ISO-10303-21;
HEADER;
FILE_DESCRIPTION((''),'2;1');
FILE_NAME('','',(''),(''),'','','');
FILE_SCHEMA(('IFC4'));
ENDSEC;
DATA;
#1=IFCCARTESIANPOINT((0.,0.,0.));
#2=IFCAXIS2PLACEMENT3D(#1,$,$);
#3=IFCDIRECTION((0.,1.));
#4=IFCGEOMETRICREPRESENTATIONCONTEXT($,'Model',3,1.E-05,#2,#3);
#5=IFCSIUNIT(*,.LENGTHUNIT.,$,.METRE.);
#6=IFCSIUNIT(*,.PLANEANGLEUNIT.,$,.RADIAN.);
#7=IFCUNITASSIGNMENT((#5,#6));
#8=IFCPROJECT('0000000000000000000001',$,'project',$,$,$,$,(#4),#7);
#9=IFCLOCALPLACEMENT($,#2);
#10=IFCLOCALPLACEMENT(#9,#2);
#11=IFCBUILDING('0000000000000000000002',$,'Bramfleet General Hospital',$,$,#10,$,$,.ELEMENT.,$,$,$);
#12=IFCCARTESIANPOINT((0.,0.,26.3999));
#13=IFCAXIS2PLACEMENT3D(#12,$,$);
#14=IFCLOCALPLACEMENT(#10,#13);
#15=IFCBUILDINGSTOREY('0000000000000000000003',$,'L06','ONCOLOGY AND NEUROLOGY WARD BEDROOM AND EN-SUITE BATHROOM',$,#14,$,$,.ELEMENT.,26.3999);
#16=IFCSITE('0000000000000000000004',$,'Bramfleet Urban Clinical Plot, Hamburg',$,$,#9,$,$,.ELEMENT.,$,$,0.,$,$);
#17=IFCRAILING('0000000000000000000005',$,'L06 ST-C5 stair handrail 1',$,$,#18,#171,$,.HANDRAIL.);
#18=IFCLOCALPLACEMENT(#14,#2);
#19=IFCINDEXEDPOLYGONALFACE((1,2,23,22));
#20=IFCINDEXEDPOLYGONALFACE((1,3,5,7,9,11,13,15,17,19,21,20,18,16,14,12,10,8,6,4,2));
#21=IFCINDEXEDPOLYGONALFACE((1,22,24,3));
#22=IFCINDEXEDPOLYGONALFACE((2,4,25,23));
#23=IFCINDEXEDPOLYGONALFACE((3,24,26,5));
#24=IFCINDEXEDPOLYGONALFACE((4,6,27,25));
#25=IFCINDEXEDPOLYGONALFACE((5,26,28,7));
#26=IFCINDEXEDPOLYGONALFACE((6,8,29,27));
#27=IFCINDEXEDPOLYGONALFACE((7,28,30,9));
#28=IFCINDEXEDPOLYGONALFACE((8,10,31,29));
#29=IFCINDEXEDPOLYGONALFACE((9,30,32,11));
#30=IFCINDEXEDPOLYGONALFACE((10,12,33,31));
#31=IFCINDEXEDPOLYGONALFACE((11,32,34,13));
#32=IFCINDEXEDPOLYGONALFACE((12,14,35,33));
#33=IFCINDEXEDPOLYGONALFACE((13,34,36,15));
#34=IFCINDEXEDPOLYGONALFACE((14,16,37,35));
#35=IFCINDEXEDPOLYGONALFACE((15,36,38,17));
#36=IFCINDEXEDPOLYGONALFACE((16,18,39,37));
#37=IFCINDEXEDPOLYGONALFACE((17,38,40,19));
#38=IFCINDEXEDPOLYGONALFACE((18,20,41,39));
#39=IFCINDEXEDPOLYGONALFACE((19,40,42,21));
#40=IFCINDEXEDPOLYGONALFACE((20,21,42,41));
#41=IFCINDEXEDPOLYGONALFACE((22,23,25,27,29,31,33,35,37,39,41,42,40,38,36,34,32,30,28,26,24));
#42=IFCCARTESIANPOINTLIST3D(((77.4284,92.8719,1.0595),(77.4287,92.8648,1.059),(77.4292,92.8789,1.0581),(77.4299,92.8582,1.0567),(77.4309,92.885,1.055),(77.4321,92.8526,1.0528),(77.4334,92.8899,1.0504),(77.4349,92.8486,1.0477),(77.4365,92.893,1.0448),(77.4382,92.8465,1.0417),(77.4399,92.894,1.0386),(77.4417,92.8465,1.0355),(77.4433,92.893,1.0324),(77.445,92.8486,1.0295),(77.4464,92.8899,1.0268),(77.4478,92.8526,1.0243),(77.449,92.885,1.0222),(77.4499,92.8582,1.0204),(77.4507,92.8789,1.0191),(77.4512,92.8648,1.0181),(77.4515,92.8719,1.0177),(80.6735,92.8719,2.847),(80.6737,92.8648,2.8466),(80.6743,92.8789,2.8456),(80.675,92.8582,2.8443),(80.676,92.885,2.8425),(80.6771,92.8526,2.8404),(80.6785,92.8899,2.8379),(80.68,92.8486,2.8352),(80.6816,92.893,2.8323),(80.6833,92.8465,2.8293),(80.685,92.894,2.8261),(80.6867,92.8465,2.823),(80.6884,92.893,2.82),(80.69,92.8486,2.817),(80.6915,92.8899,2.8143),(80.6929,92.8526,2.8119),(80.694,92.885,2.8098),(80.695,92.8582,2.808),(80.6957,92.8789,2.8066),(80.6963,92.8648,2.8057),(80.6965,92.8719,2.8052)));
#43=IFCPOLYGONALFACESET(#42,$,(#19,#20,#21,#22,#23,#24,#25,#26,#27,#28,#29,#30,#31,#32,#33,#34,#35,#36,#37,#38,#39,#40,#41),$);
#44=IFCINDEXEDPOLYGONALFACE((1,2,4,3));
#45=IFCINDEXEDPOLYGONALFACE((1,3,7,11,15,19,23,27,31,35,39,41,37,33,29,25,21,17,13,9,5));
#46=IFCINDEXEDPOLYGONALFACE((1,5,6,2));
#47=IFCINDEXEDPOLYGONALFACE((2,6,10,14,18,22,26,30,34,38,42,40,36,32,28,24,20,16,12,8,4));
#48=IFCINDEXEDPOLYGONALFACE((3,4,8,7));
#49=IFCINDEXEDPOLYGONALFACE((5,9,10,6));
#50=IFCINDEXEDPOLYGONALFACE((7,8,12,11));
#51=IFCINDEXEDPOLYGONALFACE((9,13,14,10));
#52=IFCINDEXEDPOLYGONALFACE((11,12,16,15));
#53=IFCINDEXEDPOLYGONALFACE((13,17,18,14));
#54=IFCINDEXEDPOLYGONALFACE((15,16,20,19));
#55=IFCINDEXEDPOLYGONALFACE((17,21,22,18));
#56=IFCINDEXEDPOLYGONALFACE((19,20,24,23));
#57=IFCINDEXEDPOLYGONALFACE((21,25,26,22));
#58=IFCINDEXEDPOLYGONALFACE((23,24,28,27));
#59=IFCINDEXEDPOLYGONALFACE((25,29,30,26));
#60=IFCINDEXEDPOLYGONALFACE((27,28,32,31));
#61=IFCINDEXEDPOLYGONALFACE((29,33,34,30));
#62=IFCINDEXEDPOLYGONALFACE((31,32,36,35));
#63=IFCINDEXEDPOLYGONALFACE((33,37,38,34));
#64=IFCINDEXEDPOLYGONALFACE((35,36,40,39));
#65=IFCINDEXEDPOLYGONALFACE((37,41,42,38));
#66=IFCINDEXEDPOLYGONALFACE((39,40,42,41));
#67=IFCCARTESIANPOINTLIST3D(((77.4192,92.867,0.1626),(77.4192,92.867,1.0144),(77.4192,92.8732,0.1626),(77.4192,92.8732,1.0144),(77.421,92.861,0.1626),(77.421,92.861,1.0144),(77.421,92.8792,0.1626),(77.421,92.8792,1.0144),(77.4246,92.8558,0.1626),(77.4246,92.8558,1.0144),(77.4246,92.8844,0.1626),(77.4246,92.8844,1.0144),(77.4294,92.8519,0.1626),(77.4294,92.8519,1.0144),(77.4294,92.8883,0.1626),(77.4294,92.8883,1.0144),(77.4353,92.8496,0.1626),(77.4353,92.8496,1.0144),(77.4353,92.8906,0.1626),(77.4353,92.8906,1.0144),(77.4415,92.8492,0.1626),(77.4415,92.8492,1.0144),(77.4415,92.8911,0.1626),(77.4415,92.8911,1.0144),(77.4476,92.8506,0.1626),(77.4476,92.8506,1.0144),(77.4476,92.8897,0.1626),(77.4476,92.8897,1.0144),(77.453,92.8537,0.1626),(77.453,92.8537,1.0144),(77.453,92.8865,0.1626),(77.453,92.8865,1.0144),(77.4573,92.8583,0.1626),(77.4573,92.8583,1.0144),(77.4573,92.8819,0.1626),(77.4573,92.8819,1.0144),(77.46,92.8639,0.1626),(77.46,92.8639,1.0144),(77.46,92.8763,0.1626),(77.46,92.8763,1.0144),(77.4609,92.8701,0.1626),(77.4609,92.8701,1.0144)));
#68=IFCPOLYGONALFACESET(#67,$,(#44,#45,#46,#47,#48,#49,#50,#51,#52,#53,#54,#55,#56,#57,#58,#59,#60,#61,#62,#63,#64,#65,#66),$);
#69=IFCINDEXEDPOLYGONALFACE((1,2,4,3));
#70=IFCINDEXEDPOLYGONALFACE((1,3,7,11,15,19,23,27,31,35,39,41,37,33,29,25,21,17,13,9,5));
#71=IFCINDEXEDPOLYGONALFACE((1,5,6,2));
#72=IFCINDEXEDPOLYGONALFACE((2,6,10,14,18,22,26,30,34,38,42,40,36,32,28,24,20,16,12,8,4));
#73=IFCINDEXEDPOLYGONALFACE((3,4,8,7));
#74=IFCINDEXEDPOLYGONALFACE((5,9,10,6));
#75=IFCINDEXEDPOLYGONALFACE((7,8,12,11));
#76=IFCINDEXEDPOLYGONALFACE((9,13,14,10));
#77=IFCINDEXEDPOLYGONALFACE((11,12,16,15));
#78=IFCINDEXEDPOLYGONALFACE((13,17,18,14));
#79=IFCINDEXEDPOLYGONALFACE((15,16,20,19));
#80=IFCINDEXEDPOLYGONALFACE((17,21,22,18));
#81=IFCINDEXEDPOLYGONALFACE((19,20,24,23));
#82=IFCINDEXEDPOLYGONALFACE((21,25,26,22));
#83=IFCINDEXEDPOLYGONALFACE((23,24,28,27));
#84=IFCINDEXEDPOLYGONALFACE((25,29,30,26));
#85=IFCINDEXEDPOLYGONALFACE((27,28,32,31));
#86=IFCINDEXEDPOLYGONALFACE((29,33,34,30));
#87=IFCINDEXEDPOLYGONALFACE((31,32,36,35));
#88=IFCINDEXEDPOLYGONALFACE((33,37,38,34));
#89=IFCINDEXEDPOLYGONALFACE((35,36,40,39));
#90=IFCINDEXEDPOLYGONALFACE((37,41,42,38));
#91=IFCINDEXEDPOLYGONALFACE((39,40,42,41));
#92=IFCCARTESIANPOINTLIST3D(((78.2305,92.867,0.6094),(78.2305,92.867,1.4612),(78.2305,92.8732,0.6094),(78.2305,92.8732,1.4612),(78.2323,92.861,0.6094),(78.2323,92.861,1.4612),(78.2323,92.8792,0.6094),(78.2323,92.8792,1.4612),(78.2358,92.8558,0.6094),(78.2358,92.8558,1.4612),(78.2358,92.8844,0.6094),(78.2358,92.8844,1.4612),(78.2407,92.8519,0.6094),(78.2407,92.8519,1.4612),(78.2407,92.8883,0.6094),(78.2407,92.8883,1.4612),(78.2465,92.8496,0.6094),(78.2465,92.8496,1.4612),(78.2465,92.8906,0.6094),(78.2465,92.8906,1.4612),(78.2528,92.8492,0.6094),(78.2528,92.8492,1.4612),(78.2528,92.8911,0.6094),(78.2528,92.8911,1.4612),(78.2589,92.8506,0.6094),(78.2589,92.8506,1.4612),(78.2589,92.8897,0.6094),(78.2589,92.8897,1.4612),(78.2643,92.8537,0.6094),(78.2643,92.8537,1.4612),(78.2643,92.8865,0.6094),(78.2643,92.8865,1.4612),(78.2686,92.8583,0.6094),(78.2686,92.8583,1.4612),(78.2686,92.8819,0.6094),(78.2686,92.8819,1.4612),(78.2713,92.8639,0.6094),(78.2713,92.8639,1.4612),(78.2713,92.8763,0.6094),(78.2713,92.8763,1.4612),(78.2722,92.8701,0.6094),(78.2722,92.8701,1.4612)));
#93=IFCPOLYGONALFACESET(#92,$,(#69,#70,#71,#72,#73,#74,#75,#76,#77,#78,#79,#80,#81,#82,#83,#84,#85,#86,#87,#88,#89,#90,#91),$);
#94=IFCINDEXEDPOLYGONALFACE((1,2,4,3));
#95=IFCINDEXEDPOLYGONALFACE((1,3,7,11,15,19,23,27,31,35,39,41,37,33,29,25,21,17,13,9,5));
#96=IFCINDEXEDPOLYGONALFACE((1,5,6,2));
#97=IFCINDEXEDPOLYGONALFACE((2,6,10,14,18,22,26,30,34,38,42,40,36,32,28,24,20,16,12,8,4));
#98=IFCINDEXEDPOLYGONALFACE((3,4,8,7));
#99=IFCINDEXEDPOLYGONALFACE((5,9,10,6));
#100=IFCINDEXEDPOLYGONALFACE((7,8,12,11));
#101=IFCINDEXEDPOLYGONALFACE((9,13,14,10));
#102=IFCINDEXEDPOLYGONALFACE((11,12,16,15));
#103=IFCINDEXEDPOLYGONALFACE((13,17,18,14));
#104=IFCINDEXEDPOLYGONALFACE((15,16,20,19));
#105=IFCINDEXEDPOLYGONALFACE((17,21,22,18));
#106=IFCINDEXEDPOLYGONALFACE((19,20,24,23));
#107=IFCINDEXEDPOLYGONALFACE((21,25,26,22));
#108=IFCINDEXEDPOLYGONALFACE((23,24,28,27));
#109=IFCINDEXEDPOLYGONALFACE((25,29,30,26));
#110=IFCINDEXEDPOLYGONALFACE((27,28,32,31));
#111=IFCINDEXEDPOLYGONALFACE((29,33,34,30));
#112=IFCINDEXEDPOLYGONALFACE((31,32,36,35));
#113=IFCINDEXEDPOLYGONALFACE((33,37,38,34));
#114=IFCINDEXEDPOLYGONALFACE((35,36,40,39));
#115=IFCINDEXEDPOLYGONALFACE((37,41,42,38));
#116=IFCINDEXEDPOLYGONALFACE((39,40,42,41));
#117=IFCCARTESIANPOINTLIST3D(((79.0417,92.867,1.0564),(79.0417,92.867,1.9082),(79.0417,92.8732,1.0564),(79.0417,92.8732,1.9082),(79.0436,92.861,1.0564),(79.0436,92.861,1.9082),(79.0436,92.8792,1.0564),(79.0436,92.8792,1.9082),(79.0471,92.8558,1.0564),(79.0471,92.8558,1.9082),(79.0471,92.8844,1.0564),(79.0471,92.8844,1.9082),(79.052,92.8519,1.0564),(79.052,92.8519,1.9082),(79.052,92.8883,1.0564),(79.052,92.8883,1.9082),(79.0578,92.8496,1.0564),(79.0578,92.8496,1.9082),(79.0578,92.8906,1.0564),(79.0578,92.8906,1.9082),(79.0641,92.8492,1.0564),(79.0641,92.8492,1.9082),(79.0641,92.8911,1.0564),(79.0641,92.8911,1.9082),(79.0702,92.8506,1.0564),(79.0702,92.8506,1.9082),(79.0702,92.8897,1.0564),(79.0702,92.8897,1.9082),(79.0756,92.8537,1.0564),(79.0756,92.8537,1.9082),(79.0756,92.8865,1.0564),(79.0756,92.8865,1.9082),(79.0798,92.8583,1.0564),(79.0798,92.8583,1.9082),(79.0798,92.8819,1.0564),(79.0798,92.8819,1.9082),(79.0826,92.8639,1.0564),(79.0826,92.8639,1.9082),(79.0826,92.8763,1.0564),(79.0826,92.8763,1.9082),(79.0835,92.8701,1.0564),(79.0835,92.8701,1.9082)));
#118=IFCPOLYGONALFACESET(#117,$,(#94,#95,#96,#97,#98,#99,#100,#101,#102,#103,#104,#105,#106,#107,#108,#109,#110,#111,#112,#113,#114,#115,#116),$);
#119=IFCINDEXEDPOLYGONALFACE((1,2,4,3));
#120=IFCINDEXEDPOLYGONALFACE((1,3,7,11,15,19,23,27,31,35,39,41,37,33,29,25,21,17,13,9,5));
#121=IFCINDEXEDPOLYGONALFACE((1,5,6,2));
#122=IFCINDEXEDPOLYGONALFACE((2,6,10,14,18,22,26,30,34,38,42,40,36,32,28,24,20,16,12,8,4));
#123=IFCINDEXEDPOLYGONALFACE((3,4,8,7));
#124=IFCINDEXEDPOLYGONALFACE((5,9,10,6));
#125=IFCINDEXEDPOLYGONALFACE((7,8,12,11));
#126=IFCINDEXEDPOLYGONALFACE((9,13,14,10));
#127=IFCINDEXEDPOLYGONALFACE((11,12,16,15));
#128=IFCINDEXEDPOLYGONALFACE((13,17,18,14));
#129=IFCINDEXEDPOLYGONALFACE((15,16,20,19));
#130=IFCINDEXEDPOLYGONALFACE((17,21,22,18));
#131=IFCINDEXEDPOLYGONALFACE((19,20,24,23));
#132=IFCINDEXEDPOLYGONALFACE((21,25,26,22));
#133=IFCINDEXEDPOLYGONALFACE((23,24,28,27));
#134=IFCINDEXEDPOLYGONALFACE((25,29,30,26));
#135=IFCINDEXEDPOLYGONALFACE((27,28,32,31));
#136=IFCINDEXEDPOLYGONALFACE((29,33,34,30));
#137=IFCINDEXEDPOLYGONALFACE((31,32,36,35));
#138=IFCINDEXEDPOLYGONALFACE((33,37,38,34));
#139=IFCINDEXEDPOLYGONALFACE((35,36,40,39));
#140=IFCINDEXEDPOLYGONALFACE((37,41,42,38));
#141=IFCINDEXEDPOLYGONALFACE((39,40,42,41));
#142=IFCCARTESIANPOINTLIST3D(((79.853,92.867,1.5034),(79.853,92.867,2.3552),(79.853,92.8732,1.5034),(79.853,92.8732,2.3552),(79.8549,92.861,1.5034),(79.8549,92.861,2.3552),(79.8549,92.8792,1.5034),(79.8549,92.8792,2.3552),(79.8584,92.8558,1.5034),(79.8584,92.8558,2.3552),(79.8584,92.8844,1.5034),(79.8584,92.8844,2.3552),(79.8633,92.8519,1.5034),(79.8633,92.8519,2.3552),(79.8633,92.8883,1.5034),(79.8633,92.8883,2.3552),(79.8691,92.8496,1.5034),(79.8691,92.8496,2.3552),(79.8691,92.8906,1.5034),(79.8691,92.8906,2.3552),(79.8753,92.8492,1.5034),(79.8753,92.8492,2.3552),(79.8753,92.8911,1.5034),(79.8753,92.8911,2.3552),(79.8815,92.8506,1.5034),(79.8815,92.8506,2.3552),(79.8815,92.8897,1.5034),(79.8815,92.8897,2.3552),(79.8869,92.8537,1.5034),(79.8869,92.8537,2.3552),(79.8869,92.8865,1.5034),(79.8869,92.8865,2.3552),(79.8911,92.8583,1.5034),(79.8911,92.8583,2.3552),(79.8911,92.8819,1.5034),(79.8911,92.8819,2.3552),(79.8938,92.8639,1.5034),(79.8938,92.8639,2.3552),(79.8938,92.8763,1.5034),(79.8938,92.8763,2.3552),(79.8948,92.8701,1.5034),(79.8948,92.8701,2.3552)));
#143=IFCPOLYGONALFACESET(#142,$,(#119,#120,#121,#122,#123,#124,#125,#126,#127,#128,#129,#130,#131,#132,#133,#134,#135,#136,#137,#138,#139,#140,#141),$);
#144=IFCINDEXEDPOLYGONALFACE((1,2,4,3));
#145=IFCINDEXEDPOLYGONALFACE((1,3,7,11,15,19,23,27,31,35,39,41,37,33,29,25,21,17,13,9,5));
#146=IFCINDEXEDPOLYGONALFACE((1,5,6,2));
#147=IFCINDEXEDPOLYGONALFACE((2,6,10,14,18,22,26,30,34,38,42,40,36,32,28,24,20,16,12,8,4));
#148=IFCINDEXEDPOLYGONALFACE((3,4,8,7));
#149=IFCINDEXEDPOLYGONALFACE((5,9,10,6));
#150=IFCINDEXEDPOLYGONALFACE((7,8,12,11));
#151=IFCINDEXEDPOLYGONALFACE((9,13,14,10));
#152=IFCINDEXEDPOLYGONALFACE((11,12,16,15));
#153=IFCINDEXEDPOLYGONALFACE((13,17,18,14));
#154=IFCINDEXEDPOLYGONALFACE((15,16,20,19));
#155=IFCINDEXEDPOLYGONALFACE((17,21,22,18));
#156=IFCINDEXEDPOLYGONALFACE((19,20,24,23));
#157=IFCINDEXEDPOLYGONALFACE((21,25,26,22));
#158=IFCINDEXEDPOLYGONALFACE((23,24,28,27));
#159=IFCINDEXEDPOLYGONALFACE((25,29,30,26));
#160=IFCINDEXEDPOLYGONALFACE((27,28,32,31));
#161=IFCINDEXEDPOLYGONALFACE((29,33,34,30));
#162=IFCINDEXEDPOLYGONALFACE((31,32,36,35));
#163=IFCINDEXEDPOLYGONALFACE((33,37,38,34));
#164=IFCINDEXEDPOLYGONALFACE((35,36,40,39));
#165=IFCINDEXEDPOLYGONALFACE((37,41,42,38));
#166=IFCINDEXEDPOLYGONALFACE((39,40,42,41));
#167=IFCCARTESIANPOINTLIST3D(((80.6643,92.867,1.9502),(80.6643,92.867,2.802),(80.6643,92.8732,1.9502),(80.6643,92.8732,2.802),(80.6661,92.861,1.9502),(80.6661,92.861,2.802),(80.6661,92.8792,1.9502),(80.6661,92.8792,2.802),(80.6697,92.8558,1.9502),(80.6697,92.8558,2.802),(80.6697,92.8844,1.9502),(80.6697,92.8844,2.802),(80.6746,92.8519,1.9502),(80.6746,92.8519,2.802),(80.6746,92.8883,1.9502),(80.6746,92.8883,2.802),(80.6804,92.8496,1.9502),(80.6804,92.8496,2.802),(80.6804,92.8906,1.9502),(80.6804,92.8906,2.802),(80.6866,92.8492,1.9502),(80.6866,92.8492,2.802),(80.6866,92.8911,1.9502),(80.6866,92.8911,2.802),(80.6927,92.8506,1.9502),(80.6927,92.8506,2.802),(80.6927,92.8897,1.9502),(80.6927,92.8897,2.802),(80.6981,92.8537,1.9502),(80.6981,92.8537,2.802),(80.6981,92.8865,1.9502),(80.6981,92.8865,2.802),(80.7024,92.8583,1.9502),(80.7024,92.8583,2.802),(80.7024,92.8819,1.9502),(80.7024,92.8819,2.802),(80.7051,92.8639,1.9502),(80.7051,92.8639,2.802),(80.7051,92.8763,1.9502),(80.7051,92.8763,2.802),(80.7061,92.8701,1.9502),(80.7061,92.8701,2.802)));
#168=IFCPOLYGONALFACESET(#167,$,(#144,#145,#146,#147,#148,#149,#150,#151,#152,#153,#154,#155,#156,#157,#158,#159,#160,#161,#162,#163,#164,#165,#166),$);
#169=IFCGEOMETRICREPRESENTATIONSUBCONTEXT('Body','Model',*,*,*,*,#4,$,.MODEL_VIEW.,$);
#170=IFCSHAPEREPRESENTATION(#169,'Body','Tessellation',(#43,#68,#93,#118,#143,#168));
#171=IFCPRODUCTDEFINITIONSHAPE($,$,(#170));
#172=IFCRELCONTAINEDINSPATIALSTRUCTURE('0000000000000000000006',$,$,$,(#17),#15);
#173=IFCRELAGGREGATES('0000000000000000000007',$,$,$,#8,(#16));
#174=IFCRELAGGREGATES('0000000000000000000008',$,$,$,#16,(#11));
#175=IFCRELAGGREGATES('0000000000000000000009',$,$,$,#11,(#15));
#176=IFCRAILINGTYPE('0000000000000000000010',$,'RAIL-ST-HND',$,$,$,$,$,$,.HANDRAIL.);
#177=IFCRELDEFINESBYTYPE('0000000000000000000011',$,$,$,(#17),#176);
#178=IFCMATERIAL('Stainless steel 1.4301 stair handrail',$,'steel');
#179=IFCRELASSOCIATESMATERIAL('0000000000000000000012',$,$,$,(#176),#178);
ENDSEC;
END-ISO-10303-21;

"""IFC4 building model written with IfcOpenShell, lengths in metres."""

from ifc_helpers import new_model, si_unit, direction, frame, origin, origin_2d, place, context, subcontext, project, spatial, circle, extrude, material, type_object, element, save


model = new_model("IFC4")

# Units and contexts
model_context = context("Model", 3, precision=1e-05, world=origin(), true_north=direction((0.0, 1.0)))
body_context = subcontext(model_context, "Body", "Model", "MODEL_VIEW")
ifc_project = project(units=[si_unit("LENGTHUNIT", "METRE"), si_unit("PLANEANGLEUNIT", "RADIAN")], contexts=[model_context])

# Site, building, storey
site_placement = place(None, origin())
site = spatial("IfcSite", under=ifc_project, at=site_placement, Name="Bramfleet Urban Clinical Plot, Hamburg", CompositionType="ELEMENT", RefElevation=0.0)
building_placement = place(site_placement, origin())
building = spatial("IfcBuilding", under=site, at=building_placement, Name="Bramfleet General Hospital", CompositionType="ELEMENT")
storey_placement = place(building_placement, frame((0.0, 0.0, 26.3999)))
storey = spatial("IfcBuildingStorey", under=building, at=storey_placement, Name="L06", Description="ONCOLOGY AND NEUROLOGY WARD BEDROOM AND EN-SUITE BATHROOM", CompositionType="ELEMENT", Elevation=26.3999)

# Railing
ifc_material_1 = material(Name="Stainless steel 1.4301 stair handrail", Category="steel")
railing_type_1 = type_object("IfcRailingType", Name="RAIL-ST-HND", PredefinedType="HANDRAIL", material=ifc_material_1)
railing_1_placement = place(storey_placement, frame((77.4399, 92.8701, 0.1626)))
element("IfcRailing", 1, at=railing_1_placement, inside=storey, type_object=railing_type_1, Name="L06 ST-C5 stair handrail 1", PredefinedType="HANDRAIL", context=body_context, shape_type="SweptSolid", body=[
    extrude(circle(Radius=0.0239, at=origin_2d()), frame((0.0, 0.0, 0.876), z_axis=(0.875899, 0.0, 0.482495), x_axis=(0.0, 1.0, 0.0)), (0.0, 0.0, 1.0), 3.7048),
    extrude(circle(Radius=0.021, at=origin_2d()), origin(), (0.0, 0.0, 1.0), 0.8518),
    extrude(circle(Radius=0.021, at=origin_2d()), frame((0.8113, 0.0, 0.4468)), (0.0, 0.0, 1.0), 0.8518),
    extrude(circle(Radius=0.021, at=origin_2d()), frame((1.6226, 0.0, 0.8938)), (0.0, 0.0, 1.0), 0.8518),
    extrude(circle(Radius=0.021, at=origin_2d()), frame((2.4338, 0.0, 1.3408)), (0.0, 0.0, 1.0), 0.8518),
    extrude(circle(Radius=0.021, at=origin_2d()), frame((3.2451, 0.0, 1.7876)), (0.0, 0.0, 1.0), 0.8518),
])

save(model, "model.ifc")
